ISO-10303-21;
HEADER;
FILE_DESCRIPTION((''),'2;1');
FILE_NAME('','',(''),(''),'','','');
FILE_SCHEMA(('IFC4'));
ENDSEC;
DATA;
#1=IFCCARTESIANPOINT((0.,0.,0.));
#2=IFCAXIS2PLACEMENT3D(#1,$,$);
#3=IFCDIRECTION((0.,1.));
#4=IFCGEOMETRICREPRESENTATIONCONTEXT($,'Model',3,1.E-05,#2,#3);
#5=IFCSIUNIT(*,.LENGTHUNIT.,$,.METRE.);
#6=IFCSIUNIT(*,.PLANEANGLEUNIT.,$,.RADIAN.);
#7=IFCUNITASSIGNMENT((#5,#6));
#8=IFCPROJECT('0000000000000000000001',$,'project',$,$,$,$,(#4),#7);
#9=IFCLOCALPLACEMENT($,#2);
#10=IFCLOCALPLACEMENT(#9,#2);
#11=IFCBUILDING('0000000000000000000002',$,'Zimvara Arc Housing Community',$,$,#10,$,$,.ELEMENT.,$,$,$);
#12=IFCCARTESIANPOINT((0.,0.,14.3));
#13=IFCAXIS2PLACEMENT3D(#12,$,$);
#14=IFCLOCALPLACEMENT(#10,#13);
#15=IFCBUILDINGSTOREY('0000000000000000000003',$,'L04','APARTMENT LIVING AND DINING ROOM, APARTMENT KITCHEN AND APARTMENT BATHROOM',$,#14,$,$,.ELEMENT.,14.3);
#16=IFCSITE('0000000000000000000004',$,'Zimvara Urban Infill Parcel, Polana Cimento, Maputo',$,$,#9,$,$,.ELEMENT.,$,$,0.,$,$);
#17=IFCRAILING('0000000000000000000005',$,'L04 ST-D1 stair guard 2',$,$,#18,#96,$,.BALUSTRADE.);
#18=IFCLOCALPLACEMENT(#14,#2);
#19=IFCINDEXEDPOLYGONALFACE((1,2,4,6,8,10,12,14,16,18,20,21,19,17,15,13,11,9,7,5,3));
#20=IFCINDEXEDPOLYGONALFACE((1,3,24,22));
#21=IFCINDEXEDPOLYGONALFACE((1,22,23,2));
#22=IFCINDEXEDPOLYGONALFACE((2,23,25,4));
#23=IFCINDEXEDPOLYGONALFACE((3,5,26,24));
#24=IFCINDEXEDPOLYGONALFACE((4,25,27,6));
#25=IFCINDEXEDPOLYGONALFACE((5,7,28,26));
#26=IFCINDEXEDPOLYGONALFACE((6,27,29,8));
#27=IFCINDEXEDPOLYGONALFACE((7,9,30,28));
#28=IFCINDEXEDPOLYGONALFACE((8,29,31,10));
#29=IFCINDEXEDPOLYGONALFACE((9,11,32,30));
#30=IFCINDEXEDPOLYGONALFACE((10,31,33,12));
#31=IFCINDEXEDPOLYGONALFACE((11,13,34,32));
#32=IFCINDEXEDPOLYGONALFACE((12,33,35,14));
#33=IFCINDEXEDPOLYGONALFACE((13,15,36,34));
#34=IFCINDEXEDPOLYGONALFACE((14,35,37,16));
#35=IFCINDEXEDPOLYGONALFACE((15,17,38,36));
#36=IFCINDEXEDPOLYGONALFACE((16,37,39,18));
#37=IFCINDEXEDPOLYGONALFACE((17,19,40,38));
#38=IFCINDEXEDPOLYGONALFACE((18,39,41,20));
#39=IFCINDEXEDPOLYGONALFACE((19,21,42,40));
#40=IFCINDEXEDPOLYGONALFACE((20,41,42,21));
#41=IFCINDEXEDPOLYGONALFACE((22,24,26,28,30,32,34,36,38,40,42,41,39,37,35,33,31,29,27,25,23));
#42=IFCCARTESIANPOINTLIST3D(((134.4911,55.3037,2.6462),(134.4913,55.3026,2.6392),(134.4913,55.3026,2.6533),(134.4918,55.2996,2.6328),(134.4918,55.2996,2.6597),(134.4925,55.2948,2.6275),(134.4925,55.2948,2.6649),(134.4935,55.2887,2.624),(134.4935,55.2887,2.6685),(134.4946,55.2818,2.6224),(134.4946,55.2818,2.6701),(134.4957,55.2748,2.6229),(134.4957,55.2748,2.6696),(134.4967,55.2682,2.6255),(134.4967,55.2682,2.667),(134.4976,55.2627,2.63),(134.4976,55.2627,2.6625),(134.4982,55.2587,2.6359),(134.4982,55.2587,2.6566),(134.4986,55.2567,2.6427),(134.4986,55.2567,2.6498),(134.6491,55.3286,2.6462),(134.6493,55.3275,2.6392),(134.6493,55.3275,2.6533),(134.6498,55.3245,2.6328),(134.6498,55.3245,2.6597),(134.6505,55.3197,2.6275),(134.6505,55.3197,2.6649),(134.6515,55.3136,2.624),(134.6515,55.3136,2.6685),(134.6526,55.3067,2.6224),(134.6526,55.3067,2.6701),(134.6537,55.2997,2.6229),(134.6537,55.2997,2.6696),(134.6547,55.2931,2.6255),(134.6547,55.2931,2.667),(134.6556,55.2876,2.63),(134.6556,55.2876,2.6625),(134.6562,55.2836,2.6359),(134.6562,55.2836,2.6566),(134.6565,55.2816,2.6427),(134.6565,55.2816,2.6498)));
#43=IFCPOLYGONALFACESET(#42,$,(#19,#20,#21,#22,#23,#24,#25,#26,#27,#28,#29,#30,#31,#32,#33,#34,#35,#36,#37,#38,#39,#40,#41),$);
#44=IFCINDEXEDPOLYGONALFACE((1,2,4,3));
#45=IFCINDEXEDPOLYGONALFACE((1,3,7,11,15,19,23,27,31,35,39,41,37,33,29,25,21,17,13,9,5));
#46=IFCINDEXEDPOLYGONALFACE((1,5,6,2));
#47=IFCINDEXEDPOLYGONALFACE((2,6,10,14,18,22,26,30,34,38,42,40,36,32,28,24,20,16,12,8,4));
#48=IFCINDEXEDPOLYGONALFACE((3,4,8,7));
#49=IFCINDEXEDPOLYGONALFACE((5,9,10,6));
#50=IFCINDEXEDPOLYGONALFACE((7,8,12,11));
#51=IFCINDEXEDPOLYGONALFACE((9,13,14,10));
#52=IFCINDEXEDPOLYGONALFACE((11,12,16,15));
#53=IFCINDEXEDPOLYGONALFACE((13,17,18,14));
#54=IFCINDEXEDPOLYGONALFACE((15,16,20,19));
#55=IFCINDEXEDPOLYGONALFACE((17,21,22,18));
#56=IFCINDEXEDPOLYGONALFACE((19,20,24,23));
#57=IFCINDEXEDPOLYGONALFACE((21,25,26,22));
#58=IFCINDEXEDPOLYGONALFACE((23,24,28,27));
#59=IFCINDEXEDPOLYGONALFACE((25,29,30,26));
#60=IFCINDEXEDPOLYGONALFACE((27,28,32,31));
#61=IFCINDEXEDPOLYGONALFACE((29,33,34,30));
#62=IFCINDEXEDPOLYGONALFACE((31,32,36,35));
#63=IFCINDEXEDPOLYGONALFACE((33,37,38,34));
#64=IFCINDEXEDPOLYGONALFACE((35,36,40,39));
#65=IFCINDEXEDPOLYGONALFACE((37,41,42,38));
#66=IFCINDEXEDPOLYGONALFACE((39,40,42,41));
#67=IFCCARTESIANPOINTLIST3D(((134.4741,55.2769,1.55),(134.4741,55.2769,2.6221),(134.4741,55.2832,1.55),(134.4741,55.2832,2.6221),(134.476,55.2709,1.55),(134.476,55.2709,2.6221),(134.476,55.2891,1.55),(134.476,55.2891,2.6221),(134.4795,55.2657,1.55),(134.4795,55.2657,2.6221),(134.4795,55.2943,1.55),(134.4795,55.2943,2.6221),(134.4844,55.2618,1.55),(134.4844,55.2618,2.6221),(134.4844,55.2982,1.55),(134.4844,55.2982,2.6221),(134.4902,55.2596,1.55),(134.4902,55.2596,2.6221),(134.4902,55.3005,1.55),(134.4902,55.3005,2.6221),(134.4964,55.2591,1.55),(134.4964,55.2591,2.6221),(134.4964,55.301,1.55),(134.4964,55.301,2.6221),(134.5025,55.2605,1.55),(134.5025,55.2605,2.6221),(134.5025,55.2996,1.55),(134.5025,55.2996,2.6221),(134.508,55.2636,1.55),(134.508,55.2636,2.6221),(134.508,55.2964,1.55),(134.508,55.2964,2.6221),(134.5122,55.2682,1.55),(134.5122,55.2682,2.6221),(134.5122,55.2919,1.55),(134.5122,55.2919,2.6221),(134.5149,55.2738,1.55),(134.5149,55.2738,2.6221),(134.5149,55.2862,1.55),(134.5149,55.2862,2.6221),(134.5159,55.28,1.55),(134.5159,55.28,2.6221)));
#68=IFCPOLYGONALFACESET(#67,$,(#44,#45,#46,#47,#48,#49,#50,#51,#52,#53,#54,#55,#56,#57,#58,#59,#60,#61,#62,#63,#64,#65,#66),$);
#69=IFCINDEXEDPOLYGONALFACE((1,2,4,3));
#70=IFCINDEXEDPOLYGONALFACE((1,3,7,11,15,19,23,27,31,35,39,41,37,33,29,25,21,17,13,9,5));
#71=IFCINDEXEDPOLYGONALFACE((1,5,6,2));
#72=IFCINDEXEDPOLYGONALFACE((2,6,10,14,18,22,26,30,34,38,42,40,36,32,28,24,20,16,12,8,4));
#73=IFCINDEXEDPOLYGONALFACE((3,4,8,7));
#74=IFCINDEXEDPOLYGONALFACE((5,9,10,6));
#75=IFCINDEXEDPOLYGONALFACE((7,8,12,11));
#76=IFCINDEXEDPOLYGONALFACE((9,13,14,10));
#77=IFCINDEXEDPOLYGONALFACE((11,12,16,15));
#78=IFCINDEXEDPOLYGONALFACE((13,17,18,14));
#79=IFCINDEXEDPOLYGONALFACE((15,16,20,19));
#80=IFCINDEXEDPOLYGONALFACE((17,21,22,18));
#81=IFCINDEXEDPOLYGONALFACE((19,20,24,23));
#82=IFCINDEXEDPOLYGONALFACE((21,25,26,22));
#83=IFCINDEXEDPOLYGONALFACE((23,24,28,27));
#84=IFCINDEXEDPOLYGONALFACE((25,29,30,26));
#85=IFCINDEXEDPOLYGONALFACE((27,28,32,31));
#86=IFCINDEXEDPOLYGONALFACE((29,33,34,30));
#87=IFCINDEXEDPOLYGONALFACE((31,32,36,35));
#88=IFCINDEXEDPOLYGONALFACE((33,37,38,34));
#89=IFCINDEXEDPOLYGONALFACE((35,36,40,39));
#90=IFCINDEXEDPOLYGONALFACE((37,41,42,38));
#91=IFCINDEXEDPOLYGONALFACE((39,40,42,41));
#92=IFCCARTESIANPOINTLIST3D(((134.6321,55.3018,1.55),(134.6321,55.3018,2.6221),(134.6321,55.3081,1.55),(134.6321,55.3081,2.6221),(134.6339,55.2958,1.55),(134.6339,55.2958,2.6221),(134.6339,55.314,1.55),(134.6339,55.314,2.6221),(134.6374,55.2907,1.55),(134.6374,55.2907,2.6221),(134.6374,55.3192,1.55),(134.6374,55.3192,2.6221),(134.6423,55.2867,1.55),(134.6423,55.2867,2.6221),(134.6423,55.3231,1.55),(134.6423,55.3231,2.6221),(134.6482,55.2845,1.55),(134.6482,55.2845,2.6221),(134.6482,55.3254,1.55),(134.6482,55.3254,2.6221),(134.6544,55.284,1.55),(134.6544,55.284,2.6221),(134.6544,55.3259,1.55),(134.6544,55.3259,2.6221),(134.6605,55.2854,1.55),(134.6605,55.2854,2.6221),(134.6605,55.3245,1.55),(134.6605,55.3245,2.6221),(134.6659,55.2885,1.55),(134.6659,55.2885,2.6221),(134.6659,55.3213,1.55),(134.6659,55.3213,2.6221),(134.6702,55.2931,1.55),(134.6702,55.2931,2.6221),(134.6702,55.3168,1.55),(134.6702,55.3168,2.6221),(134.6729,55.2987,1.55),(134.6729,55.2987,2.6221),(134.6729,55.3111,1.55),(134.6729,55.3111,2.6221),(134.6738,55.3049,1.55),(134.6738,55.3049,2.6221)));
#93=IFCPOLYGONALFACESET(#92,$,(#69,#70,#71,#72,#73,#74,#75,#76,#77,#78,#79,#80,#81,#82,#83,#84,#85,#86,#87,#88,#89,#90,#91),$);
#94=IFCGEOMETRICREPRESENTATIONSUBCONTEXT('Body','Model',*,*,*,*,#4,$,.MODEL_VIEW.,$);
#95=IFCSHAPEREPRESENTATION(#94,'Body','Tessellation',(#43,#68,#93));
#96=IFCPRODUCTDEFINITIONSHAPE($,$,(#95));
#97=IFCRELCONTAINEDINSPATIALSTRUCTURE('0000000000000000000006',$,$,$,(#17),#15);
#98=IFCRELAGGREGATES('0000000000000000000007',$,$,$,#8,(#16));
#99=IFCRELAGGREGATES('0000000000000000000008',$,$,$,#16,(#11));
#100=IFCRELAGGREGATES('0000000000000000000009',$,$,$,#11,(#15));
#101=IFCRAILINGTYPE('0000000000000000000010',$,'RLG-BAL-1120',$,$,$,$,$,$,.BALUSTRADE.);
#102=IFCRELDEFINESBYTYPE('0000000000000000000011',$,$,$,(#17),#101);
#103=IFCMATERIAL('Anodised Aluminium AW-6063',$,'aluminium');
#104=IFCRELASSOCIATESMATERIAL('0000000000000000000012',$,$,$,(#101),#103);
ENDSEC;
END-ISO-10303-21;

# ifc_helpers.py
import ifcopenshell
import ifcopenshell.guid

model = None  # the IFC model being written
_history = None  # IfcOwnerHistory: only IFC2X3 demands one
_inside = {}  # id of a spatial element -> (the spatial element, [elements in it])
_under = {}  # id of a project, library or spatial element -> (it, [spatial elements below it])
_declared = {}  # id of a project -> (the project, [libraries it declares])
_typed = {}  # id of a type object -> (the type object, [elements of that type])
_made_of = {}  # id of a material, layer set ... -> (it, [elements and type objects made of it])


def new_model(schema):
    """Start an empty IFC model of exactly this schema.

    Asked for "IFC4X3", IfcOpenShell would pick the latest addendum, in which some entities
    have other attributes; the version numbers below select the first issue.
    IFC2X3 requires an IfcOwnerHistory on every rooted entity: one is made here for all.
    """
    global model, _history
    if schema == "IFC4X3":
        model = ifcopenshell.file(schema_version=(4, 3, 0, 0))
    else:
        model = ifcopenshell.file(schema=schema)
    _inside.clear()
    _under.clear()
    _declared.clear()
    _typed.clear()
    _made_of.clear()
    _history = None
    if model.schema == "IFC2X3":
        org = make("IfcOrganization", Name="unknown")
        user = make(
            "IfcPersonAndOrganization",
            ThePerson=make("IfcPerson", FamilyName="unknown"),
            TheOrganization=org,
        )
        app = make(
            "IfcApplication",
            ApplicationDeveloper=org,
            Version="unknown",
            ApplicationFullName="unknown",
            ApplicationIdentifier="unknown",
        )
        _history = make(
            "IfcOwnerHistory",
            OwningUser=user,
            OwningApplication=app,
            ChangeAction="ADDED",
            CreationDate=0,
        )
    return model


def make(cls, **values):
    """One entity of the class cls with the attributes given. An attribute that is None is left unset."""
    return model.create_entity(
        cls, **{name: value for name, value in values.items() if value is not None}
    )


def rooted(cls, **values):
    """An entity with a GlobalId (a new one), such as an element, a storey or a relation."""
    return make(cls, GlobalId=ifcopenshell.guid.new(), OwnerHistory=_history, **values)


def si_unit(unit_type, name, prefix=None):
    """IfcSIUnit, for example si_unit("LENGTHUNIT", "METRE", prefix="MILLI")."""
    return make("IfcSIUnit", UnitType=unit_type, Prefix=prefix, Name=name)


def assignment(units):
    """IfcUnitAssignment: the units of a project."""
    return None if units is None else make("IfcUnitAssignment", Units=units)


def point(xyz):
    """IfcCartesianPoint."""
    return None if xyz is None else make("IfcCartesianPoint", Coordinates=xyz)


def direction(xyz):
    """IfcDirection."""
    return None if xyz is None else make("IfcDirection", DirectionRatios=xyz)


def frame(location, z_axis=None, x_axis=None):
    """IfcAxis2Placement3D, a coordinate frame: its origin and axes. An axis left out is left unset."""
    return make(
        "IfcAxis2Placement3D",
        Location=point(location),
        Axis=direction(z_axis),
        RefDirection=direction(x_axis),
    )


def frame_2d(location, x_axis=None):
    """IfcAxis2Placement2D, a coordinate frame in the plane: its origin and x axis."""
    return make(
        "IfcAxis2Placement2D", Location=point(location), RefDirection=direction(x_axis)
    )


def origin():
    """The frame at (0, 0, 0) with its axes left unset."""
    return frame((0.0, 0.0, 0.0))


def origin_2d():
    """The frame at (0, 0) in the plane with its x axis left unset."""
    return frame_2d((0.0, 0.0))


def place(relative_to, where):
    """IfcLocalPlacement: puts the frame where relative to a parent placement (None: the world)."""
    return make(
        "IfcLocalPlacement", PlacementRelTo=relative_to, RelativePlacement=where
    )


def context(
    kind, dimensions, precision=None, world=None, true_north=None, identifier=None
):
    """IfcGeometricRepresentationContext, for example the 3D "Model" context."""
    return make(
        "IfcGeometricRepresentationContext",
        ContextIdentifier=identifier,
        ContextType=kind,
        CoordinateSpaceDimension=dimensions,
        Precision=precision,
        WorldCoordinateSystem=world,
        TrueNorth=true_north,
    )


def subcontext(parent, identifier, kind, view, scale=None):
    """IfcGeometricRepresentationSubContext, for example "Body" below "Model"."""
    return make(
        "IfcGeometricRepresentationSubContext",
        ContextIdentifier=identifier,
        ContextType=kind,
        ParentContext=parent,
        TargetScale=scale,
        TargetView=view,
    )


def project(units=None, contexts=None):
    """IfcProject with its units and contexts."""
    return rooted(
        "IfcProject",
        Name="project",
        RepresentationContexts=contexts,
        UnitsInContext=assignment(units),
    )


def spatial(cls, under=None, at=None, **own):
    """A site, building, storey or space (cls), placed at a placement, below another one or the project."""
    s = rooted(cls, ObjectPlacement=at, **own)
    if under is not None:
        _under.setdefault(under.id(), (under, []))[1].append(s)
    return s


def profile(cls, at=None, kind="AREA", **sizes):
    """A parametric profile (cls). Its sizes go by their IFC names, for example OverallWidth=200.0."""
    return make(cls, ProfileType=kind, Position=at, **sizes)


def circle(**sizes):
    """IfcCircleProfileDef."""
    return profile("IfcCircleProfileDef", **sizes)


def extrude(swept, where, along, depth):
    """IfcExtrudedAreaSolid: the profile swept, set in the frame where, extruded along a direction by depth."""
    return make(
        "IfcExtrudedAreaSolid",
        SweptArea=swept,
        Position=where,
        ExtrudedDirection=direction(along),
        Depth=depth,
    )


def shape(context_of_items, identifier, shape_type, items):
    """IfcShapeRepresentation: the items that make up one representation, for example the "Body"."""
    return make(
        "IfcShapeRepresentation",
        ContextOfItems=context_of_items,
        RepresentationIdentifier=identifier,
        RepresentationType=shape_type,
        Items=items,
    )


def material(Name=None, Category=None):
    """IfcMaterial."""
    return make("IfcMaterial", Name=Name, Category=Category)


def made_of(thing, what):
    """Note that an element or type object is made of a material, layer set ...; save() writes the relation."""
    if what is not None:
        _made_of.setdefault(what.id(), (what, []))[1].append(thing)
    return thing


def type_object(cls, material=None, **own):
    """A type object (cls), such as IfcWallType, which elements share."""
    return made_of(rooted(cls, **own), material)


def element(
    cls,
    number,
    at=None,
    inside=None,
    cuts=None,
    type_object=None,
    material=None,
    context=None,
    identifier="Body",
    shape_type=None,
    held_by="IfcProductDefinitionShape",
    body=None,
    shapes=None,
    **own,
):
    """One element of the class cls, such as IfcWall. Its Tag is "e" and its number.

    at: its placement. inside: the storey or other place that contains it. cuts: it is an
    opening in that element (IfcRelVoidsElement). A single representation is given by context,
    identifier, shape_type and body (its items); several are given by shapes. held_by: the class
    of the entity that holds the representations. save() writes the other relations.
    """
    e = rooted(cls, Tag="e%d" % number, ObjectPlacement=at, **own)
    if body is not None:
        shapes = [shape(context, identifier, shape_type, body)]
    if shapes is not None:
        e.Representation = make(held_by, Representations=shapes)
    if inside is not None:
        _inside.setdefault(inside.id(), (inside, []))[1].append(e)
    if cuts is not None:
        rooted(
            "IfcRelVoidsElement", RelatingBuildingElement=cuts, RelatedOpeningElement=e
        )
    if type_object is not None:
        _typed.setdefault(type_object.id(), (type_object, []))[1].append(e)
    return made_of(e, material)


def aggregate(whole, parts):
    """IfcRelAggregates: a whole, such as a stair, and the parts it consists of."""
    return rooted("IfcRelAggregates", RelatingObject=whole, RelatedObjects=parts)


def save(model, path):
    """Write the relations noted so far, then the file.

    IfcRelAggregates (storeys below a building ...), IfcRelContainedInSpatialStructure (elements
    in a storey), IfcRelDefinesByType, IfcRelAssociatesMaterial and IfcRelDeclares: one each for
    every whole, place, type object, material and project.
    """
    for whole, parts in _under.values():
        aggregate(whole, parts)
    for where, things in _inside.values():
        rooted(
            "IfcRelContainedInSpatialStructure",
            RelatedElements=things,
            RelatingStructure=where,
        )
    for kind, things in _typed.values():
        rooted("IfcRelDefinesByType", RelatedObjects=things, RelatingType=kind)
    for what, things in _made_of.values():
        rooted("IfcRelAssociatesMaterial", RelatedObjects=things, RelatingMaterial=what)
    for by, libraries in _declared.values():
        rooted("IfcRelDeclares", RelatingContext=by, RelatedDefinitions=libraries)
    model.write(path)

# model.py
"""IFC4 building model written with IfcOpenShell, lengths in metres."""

from ifc_helpers import new_model, si_unit, direction, frame, origin, origin_2d, place, context, subcontext, project, spatial, circle, extrude, material, type_object, element, save


model = new_model("IFC4")

# Units and contexts
model_context = context("Model", 3, precision=1e-05, world=origin(), true_north=direction((0.0, 1.0)))
body_context = subcontext(model_context, "Body", "Model", "MODEL_VIEW")
ifc_project = project(units=[si_unit("LENGTHUNIT", "METRE"), si_unit("PLANEANGLEUNIT", "RADIAN")], contexts=[model_context])

# Site, building, storey
site_placement = place(None, origin())
site = spatial("IfcSite", under=ifc_project, at=site_placement, Name="Zimvara Urban Infill Parcel, Polana Cimento, Maputo", CompositionType="ELEMENT", RefElevation=0.0)
building_placement = place(site_placement, origin())
building = spatial("IfcBuilding", under=site, at=building_placement, Name="Zimvara Arc Housing Community", CompositionType="ELEMENT")
storey_placement = place(building_placement, frame((0.0, 0.0, 14.3)))
storey = spatial("IfcBuildingStorey", under=building, at=storey_placement, Name="L04", Description="APARTMENT LIVING AND DINING ROOM, APARTMENT KITCHEN AND APARTMENT BATHROOM", CompositionType="ELEMENT", Elevation=14.3)

# Railing
ifc_material_1 = material(Name="Anodised Aluminium AW-6063", Category="aluminium")
railing_type_1 = type_object("IfcRailingType", Name="RLG-BAL-1120", PredefinedType="BALUSTRADE", material=ifc_material_1)
railing_1_placement = place(storey_placement, frame((134.4949, 55.28, 1.55)))
element("IfcRailing", 1, at=railing_1_placement, inside=storey, type_object=railing_type_1, Name="L04 ST-D1 stair guard 2", PredefinedType="BALUSTRADE", context=body_context, shape_type="SweptSolid", body=[
    extrude(circle(Radius=0.0239, at=origin_2d()), frame((0.0, 0.0, 1.0962), z_axis=(0.9878, 0.155727, 0.0), x_axis=(-0.155727, 0.9878, 0.0)), (0.0, 0.0, 1.0), 0.1599),
    extrude(circle(Radius=0.021, at=origin_2d()), origin(), (0.0, 0.0, 1.0), 1.072),
    extrude(circle(Radius=0.021, at=origin_2d()), frame((0.158, 0.0249, 0.0)), (0.0, 0.0, 1.0), 1.072),
])

save(model, "model.ifc")
